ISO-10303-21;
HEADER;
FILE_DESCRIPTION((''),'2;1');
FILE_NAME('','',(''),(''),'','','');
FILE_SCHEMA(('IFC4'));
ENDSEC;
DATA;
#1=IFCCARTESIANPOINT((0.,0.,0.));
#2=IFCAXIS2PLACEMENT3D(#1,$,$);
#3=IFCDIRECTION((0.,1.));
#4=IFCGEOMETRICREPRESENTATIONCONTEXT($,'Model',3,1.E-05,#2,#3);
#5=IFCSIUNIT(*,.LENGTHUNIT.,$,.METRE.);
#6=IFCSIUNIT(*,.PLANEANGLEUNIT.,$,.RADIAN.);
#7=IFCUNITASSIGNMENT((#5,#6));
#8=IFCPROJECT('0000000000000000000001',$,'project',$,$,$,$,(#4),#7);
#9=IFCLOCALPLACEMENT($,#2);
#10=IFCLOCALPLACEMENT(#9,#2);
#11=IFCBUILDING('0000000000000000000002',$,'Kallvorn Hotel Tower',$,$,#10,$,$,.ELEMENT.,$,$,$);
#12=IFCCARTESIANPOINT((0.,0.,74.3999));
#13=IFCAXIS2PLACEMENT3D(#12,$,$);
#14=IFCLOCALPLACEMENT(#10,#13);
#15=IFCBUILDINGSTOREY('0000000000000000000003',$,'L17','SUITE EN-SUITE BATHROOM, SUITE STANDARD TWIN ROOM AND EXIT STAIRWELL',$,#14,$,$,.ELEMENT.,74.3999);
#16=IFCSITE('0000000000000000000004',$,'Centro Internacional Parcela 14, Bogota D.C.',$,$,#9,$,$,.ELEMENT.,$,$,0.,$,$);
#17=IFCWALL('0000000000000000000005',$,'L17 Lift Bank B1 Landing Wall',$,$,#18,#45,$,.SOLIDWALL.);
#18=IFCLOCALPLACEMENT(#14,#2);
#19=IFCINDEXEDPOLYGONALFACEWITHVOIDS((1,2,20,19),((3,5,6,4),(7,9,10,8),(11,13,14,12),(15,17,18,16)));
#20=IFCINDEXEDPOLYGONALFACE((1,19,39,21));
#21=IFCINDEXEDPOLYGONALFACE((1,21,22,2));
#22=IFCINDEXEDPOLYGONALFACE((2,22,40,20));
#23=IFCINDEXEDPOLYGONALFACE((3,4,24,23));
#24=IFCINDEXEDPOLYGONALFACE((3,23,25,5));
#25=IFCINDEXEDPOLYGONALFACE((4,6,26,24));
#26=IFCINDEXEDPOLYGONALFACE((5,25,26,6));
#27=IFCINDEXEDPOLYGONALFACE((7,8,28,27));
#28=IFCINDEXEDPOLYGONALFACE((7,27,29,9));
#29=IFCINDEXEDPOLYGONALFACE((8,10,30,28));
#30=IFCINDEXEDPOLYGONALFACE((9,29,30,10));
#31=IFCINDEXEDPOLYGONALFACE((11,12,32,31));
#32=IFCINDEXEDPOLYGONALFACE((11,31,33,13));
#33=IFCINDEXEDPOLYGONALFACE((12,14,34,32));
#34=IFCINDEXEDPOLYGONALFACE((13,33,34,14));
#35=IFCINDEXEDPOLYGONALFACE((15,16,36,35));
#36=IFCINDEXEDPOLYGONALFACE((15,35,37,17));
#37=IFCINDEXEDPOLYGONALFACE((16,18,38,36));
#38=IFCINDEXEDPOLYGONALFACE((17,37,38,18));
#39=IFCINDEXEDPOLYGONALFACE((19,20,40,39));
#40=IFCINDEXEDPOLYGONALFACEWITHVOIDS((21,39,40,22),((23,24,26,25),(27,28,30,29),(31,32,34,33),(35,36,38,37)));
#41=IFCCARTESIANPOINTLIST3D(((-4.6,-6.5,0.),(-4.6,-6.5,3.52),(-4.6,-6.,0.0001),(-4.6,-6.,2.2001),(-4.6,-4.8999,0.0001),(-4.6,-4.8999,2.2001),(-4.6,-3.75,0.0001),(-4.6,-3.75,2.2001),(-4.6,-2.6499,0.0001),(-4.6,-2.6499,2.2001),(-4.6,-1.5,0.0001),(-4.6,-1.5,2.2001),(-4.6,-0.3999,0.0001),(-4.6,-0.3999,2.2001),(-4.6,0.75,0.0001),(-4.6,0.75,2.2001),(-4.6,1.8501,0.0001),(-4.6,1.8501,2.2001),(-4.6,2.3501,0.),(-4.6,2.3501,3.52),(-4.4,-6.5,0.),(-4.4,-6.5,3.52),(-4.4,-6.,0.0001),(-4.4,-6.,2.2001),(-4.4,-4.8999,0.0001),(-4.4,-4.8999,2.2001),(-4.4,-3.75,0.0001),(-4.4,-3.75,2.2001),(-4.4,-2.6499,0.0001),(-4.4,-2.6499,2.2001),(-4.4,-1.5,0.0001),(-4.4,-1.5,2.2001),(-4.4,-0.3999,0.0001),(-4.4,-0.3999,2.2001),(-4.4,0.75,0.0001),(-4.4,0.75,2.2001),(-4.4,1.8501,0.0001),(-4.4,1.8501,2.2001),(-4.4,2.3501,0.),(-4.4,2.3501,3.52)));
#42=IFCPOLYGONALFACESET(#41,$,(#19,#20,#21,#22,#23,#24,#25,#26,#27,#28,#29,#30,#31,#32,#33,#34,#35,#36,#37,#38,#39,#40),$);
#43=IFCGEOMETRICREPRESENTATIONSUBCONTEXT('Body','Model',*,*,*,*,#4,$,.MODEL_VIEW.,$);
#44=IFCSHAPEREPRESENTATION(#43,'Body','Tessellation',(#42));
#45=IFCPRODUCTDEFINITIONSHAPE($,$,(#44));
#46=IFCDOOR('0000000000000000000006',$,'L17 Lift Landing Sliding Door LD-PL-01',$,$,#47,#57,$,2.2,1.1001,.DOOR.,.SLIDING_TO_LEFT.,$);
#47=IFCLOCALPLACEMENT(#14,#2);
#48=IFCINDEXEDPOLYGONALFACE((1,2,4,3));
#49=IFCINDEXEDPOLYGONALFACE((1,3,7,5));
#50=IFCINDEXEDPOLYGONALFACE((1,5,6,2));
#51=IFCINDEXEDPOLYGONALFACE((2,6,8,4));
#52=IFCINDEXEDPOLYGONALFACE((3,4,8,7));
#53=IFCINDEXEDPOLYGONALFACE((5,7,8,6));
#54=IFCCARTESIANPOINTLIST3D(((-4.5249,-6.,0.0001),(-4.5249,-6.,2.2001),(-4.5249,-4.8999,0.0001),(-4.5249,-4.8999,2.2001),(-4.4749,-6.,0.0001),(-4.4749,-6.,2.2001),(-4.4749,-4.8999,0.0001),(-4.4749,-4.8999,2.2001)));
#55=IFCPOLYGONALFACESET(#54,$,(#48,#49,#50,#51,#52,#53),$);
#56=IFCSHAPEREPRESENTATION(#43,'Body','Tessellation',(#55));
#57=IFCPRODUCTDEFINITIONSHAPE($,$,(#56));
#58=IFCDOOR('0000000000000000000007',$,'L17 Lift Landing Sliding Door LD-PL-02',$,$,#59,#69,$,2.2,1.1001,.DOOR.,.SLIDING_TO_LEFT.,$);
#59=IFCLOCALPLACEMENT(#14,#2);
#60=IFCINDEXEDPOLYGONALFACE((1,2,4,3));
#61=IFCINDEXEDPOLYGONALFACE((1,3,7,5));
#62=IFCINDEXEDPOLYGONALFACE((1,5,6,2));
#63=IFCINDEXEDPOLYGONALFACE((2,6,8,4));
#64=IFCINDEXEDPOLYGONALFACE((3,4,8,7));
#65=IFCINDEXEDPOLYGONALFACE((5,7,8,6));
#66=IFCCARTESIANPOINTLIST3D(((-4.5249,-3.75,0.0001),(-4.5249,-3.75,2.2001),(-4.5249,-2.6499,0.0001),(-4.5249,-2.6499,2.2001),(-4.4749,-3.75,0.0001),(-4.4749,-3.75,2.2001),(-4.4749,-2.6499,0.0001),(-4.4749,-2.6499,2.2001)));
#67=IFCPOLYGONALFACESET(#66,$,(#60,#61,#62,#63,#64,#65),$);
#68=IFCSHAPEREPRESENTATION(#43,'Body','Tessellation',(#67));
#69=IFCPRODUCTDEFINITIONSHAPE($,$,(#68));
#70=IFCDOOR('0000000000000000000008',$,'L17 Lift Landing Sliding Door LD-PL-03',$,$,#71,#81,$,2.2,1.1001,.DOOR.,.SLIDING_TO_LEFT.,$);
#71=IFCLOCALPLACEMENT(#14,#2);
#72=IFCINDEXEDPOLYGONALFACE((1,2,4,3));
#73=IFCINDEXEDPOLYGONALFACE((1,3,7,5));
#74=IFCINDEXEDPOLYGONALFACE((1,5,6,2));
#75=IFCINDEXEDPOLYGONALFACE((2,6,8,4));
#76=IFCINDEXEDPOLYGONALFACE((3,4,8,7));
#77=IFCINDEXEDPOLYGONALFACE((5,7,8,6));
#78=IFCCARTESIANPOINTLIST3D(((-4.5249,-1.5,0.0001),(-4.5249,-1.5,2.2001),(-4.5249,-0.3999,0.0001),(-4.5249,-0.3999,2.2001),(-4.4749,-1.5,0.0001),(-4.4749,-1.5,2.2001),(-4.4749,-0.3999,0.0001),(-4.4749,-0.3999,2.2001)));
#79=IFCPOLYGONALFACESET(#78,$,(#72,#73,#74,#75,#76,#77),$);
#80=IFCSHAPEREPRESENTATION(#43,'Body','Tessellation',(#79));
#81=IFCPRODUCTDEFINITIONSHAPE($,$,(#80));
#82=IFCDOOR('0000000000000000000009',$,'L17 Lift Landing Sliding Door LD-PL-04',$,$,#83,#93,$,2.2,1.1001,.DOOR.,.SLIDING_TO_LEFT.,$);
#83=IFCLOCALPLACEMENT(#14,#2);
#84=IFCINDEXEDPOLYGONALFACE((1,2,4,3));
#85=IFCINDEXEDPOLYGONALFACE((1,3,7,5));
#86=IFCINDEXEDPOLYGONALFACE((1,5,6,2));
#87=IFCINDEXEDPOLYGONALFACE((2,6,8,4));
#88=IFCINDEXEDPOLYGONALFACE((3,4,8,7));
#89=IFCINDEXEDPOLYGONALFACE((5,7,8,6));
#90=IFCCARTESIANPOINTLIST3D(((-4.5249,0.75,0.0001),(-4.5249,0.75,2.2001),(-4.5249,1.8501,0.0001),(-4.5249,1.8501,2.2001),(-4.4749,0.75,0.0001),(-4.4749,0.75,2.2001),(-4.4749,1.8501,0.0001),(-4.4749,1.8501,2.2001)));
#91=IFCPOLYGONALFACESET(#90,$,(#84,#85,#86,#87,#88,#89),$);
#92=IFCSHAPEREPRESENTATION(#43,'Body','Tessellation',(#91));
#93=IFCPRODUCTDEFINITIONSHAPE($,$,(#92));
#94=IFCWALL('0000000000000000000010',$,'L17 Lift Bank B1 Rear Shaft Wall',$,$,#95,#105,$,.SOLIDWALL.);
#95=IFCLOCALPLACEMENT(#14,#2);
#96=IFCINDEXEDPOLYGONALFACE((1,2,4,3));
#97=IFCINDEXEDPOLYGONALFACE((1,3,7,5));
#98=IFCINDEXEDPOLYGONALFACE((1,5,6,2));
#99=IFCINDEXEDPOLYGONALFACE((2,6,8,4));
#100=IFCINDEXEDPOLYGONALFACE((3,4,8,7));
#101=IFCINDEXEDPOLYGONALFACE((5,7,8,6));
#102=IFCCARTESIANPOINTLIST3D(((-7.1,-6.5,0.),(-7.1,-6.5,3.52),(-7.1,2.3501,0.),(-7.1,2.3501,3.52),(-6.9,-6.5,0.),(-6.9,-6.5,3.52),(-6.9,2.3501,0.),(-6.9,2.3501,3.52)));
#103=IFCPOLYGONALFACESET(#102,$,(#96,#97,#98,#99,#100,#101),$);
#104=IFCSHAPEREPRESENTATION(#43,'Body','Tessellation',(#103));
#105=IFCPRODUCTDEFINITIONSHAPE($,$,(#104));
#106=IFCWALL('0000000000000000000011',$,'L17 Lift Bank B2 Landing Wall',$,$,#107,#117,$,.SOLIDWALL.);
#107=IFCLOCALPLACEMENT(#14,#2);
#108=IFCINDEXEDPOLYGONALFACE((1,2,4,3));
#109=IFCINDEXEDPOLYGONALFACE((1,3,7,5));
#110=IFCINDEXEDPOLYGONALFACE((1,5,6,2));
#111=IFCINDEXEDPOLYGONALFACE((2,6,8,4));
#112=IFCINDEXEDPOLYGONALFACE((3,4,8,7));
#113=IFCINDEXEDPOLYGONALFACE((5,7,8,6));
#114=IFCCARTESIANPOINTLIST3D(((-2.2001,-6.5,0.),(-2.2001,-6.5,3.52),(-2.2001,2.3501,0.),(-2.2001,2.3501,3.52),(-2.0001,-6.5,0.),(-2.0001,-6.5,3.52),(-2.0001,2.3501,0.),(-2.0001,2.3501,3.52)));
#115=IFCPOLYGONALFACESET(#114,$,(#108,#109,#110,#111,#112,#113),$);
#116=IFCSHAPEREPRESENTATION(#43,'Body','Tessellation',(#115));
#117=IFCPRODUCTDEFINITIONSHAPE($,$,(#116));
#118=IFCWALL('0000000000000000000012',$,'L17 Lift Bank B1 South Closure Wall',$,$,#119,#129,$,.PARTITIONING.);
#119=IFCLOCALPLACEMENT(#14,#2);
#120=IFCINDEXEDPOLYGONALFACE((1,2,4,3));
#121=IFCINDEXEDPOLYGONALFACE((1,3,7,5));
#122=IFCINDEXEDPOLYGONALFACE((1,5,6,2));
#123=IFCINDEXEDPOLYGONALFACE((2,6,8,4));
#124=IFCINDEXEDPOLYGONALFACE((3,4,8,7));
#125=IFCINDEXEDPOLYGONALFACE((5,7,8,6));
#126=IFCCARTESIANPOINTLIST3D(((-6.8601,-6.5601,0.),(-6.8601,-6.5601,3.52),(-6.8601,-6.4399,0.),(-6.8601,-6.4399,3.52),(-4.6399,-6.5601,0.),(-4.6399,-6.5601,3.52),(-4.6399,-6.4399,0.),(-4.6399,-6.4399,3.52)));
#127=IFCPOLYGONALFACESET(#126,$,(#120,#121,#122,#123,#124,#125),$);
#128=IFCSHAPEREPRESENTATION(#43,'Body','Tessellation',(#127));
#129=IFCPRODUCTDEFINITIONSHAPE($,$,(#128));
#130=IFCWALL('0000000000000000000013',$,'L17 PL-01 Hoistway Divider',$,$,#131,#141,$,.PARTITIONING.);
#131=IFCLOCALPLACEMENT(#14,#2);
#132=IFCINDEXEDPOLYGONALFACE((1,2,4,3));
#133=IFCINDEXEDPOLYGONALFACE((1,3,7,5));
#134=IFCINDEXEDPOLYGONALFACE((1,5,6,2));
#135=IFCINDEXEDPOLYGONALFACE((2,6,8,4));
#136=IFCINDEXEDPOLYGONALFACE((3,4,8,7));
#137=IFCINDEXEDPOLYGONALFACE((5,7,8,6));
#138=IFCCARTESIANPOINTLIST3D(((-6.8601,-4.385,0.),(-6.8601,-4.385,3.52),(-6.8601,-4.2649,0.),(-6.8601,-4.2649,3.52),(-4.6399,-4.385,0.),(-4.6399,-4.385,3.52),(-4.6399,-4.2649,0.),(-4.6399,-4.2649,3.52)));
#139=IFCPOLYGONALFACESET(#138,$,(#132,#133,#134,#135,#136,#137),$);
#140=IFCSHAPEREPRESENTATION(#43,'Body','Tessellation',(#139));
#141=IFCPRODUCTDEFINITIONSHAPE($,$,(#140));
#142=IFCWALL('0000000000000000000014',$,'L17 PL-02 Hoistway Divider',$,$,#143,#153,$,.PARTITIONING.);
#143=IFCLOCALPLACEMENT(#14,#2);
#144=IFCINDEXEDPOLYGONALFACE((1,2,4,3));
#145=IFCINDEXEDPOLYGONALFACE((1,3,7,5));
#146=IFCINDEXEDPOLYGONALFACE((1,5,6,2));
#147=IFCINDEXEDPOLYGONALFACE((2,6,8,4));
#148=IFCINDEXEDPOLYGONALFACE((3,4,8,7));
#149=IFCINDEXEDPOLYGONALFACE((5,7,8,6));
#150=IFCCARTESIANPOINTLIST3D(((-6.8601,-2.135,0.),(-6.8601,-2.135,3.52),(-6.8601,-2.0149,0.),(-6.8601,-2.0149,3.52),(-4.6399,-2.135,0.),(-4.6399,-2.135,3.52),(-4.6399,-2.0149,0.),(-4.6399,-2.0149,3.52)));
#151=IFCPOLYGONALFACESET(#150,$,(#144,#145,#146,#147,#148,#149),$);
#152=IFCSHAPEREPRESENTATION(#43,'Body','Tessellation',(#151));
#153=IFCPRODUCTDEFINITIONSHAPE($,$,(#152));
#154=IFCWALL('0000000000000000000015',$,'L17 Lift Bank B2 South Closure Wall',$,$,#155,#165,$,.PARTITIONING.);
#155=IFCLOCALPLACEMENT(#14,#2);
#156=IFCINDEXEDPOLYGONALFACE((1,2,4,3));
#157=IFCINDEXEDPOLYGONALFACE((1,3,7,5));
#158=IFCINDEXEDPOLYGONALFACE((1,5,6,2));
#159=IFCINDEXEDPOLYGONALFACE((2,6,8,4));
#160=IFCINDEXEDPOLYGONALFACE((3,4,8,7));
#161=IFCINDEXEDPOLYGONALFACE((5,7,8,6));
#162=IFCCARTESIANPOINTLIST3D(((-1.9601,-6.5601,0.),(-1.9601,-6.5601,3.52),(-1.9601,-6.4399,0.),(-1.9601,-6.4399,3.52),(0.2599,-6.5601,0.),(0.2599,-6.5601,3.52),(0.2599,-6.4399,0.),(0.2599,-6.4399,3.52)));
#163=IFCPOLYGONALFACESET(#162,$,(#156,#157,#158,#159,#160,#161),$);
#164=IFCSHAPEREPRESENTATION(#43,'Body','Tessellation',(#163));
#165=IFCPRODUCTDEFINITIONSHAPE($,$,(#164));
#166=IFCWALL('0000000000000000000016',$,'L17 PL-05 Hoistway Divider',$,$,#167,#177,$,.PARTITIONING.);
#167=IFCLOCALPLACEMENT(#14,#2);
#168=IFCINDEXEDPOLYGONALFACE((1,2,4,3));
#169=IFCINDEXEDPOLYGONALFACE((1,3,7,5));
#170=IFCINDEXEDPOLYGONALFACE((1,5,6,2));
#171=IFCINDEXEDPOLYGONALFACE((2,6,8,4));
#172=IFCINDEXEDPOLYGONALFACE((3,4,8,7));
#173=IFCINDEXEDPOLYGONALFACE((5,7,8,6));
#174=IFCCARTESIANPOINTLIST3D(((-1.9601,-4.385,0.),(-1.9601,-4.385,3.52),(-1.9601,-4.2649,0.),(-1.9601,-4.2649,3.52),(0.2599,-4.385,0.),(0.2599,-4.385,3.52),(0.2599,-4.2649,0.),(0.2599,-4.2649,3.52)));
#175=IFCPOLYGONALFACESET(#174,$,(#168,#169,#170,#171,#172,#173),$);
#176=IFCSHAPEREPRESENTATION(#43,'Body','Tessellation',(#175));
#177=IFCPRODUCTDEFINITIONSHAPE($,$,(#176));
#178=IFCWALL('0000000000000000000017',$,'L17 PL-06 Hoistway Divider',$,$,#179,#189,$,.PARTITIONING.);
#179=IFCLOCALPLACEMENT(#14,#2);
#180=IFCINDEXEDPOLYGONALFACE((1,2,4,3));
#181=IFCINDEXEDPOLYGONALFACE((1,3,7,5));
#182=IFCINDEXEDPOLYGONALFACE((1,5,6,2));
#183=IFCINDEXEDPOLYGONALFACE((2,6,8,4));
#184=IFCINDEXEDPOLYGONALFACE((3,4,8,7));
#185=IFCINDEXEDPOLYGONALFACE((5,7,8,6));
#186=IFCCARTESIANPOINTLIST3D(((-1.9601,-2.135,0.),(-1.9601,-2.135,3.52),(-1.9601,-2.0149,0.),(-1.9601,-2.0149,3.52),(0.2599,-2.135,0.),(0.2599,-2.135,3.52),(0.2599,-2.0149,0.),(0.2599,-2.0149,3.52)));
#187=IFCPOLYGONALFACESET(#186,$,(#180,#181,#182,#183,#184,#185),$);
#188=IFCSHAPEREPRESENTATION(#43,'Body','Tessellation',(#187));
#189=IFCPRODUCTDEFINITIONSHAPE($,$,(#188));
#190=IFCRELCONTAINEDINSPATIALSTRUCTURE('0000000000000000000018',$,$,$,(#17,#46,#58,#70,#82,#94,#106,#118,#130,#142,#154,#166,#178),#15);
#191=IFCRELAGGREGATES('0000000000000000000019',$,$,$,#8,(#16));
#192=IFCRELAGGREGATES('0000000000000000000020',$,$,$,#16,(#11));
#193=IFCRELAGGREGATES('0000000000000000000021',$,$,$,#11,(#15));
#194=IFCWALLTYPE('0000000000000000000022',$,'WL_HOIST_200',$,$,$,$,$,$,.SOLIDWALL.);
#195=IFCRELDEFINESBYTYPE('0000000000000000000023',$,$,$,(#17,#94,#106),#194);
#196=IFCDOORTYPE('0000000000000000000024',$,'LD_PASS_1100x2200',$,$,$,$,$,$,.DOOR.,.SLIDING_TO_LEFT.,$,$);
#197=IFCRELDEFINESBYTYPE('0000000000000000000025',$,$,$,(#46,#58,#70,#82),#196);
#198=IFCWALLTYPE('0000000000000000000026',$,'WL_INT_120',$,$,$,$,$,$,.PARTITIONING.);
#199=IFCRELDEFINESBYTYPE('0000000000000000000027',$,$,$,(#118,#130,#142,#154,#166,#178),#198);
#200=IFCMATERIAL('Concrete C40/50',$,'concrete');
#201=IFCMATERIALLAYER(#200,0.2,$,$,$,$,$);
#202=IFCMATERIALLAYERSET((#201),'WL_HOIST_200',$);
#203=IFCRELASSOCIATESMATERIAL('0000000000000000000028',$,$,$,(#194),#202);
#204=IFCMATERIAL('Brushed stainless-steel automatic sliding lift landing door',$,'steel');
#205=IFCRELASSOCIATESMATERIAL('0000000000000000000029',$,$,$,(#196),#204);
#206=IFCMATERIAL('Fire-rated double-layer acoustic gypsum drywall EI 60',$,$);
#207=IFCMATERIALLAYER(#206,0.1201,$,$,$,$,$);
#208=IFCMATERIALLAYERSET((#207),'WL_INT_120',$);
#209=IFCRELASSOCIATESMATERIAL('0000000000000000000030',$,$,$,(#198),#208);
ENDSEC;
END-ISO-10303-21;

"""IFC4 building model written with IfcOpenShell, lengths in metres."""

from ifc_helpers import new_model, si_unit, direction, frame, frame_2d, origin, place, context, subcontext, project, spatial, rectangle, extrude, material, layer, layer_set, type_object, element, fill, save


model = new_model("IFC4")

# Units and contexts
model_context = context("Model", 3, precision=1e-05, world=origin(), true_north=direction((0.0, 1.0)))
body_context = subcontext(model_context, "Body", "Model", "MODEL_VIEW")
ifc_project = project(units=[si_unit("LENGTHUNIT", "METRE"), si_unit("PLANEANGLEUNIT", "RADIAN")], contexts=[model_context])

# Site, building, storey
site_placement = place(None, origin())
site = spatial("IfcSite", under=ifc_project, at=site_placement, Name="Centro Internacional Parcela 14, Bogota D.C.", CompositionType="ELEMENT", RefElevation=0.0)
building_placement = place(site_placement, origin())
building = spatial("IfcBuilding", under=site, at=building_placement, Name="Kallvorn Hotel Tower", CompositionType="ELEMENT")
storey_placement = place(building_placement, frame((0.0, 0.0, 74.3999)))
storey = spatial("IfcBuildingStorey", under=building, at=storey_placement, Name="L17", Description="SUITE EN-SUITE BATHROOM, SUITE STANDARD TWIN ROOM AND EXIT STAIRWELL", CompositionType="ELEMENT", Elevation=74.3999)

# Wall, openings, doors
ifc_material_1 = material(Name="Concrete C40/50", Category="concrete")
ifc_layer_1 = layer(ifc_material_1, 0.2)
ifc_layer_set_1 = layer_set([ifc_layer_1], Name="WL_HOIST_200")
wall_type_1 = type_object("IfcWallType", Name="WL_HOIST_200", PredefinedType="SOLIDWALL", material=ifc_layer_set_1)
wall_1_placement = place(storey_placement, frame((-4.5, -6.5, 0.0), z_axis=(0.0, 0.0, 1.0), x_axis=(0.0, 1.0, 0.0)))
wall_1 = element("IfcWall", 1, at=wall_1_placement, inside=storey, type_object=wall_type_1, Name="L17 Lift Bank B1 Landing Wall", PredefinedType="SOLIDWALL", context=body_context, shape_type="SweptSolid", body=[
    extrude(rectangle(XDim=8.8501, YDim=0.2, at=frame_2d((4.425, 0.0))), origin(), (0.0, 0.0, 1.0), 3.52),
])
opening_1_placement = place(wall_1_placement, frame((0.5, 0.0, 0.0)))
opening_1 = element("IfcOpeningElement", 2, at=opening_1_placement, cuts=wall_1, PredefinedType="OPENING", context=body_context, shape_type="SweptSolid", body=[
    extrude(rectangle(XDim=1.1001, YDim=2.2, at=frame_2d((0.55, 1.1001))), frame((0.0, 0.115, 0.0), z_axis=(0.0, -1.0, 0.0), x_axis=(1.0, 0.0, 0.0)), (0.0, 0.0, 1.0), 0.23),
])
opening_2_placement = place(wall_1_placement, frame((2.75, 0.0, 0.0)))
opening_2 = element("IfcOpeningElement", 3, at=opening_2_placement, cuts=wall_1, PredefinedType="OPENING", context=body_context, shape_type="SweptSolid", body=[
    extrude(rectangle(XDim=1.1001, YDim=2.2, at=frame_2d((0.55, 1.1001))), frame((0.0, 0.115, 0.0), z_axis=(0.0, -1.0, 0.0), x_axis=(1.0, 0.0, 0.0)), (0.0, 0.0, 1.0), 0.23),
])
opening_3_placement = place(wall_1_placement, frame((5.0, 0.0, 0.0)))
opening_3 = element("IfcOpeningElement", 4, at=opening_3_placement, cuts=wall_1, PredefinedType="OPENING", context=body_context, shape_type="SweptSolid", body=[
    extrude(rectangle(XDim=1.1001, YDim=2.2, at=frame_2d((0.55, 1.1001))), frame((0.0, 0.115, 0.0), z_axis=(0.0, -1.0, 0.0), x_axis=(1.0, 0.0, 0.0)), (0.0, 0.0, 1.0), 0.23),
])
opening_4_placement = place(wall_1_placement, frame((7.25, 0.0, 0.0)))
opening_4 = element("IfcOpeningElement", 5, at=opening_4_placement, cuts=wall_1, PredefinedType="OPENING", context=body_context, shape_type="SweptSolid", body=[
    extrude(rectangle(XDim=1.1001, YDim=2.2, at=frame_2d((0.55, 1.1001))), frame((0.0, 0.115, 0.0), z_axis=(0.0, -1.0, 0.0), x_axis=(1.0, 0.0, 0.0)), (0.0, 0.0, 1.0), 0.23),
])
ifc_material_2 = material(Name="Brushed stainless-steel automatic sliding lift landing door", Category="steel")
door_type_1 = type_object("IfcDoorType", Name="LD_PASS_1100x2200", OperationType="SLIDING_TO_LEFT", PredefinedType="DOOR", material=ifc_material_2)
door_1_placement = place(opening_1_placement, origin())
door_1 = element("IfcDoor", 6, at=door_1_placement, inside=storey, type_object=door_type_1, Name="L17 Lift Landing Sliding Door LD-PL-01", OperationType="SLIDING_TO_LEFT", OverallHeight=2.2, OverallWidth=1.1001, PredefinedType="DOOR", context=body_context, shape_type="SweptSolid", body=[
    extrude(rectangle(XDim=1.1001, YDim=2.2, at=frame_2d((0.55, 1.1001))), frame((0.0, 0.0249, 0.0), z_axis=(0.0, -1.0, 0.0), x_axis=(1.0, 0.0, 0.0)), (0.0, 0.0, 1.0), 0.05),
])
fill(opening_1, door_1)
door_2_placement = place(opening_2_placement, origin())
door_2 = element("IfcDoor", 7, at=door_2_placement, inside=storey, type_object=door_type_1, Name="L17 Lift Landing Sliding Door LD-PL-02", OperationType="SLIDING_TO_LEFT", OverallHeight=2.2, OverallWidth=1.1001, PredefinedType="DOOR", context=body_context, shape_type="SweptSolid", body=[
    extrude(rectangle(XDim=1.1001, YDim=2.2, at=frame_2d((0.55, 1.1001))), frame((0.0, 0.0249, 0.0), z_axis=(0.0, -1.0, 0.0), x_axis=(1.0, 0.0, 0.0)), (0.0, 0.0, 1.0), 0.05),
])
fill(opening_2, door_2)
door_3_placement = place(opening_3_placement, origin())
door_3 = element("IfcDoor", 8, at=door_3_placement, inside=storey, type_object=door_type_1, Name="L17 Lift Landing Sliding Door LD-PL-03", OperationType="SLIDING_TO_LEFT", OverallHeight=2.2, OverallWidth=1.1001, PredefinedType="DOOR", context=body_context, shape_type="SweptSolid", body=[
    extrude(rectangle(XDim=1.1001, YDim=2.2, at=frame_2d((0.55, 1.1001))), frame((0.0, 0.0249, 0.0), z_axis=(0.0, -1.0, 0.0), x_axis=(1.0, 0.0, 0.0)), (0.0, 0.0, 1.0), 0.05),
])
fill(opening_3, door_3)
door_4_placement = place(opening_4_placement, origin())
door_4 = element("IfcDoor", 9, at=door_4_placement, inside=storey, type_object=door_type_1, Name="L17 Lift Landing Sliding Door LD-PL-04", OperationType="SLIDING_TO_LEFT", OverallHeight=2.2, OverallWidth=1.1001, PredefinedType="DOOR", context=body_context, shape_type="SweptSolid", body=[
    extrude(rectangle(XDim=1.1001, YDim=2.2, at=frame_2d((0.55, 1.1001))), frame((0.0, 0.0249, 0.0), z_axis=(0.0, -1.0, 0.0), x_axis=(1.0, 0.0, 0.0)), (0.0, 0.0, 1.0), 0.05),
])
fill(opening_4, door_4)

# Walls
for number, where, z_axis, x_axis, name in (
    (10, (-7.0, -6.5, 0.0), (0.0, 0.0, 1.0), (0.0, 1.0, 0.0), "L17 Lift Bank B1 Rear Shaft Wall"),
    (11, (-2.1001, -6.5, 0.0), (0.0, 0.0, 1.0), (0.0, 1.0, 0.0), "L17 Lift Bank B2 Landing Wall"),
):
    element("IfcWall", number, at=place(storey_placement, frame(where, z_axis=z_axis, x_axis=x_axis)), inside=storey, type_object=wall_type_1, Name=name, PredefinedType="SOLIDWALL", context=body_context, shape_type="SweptSolid", body=[
        extrude(rectangle(XDim=8.8501, YDim=0.2, at=frame_2d((4.425, 0.0))), origin(), (0.0, 0.0, 1.0), 3.52),
    ])
ifc_material_3 = material(Name="Fire-rated double-layer acoustic gypsum drywall EI 60")
ifc_layer_2 = layer(ifc_material_3, 0.1201)
ifc_layer_set_2 = layer_set([ifc_layer_2], Name="WL_INT_120")
wall_type_2 = type_object("IfcWallType", Name="WL_INT_120", PredefinedType="PARTITIONING", material=ifc_layer_set_2)
for number, where, z_axis, x_axis, name in (
    (12, (-6.8601, -6.5, 0.0), (0.0, 0.0, 1.0), (1.0, 0.0, 0.0), "L17 Lift Bank B1 South Closure Wall"),
    (13, (-6.8601, -4.325, 0.0), (0.0, 0.0, 1.0), (1.0, 0.0, 0.0), "L17 PL-01 Hoistway Divider"),
    (14, (-6.8601, -2.075, 0.0), (0.0, 0.0, 1.0), (1.0, 0.0, 0.0), "L17 PL-02 Hoistway Divider"),
):
    element("IfcWall", number, at=place(storey_placement, frame(where, z_axis=z_axis, x_axis=x_axis)), inside=storey, type_object=wall_type_2, Name=name, PredefinedType="PARTITIONING", context=body_context, shape_type="SweptSolid", body=[
        extrude(rectangle(XDim=2.2202, YDim=0.1201, at=frame_2d((1.1101, 0.0))), origin(), (0.0, 0.0, 1.0), 3.52),
    ])
for number, where, z_axis, x_axis, name in (
    (15, (-1.96, -6.5, 0.0), (0.0, 0.0, 1.0), (1.0, 0.0, 0.0), "L17 Lift Bank B2 South Closure Wall"),
    (16, (-1.96, -4.325, 0.0), (0.0, 0.0, 1.0), (1.0, 0.0, 0.0), "L17 PL-05 Hoistway Divider"),
    (17, (-1.96, -2.075, 0.0), (0.0, 0.0, 1.0), (1.0, 0.0, 0.0), "L17 PL-06 Hoistway Divider"),
):
    element("IfcWall", number, at=place(storey_placement, frame(where, z_axis=z_axis, x_axis=x_axis)), inside=storey, type_object=wall_type_2, Name=name, PredefinedType="PARTITIONING", context=body_context, shape_type="SweptSolid", body=[
        extrude(rectangle(XDim=2.22, YDim=0.1201, at=frame_2d((1.1099, 0.0))), origin(), (0.0, 0.0, 1.0), 3.52),
    ])

save(model, "model.ifc")
